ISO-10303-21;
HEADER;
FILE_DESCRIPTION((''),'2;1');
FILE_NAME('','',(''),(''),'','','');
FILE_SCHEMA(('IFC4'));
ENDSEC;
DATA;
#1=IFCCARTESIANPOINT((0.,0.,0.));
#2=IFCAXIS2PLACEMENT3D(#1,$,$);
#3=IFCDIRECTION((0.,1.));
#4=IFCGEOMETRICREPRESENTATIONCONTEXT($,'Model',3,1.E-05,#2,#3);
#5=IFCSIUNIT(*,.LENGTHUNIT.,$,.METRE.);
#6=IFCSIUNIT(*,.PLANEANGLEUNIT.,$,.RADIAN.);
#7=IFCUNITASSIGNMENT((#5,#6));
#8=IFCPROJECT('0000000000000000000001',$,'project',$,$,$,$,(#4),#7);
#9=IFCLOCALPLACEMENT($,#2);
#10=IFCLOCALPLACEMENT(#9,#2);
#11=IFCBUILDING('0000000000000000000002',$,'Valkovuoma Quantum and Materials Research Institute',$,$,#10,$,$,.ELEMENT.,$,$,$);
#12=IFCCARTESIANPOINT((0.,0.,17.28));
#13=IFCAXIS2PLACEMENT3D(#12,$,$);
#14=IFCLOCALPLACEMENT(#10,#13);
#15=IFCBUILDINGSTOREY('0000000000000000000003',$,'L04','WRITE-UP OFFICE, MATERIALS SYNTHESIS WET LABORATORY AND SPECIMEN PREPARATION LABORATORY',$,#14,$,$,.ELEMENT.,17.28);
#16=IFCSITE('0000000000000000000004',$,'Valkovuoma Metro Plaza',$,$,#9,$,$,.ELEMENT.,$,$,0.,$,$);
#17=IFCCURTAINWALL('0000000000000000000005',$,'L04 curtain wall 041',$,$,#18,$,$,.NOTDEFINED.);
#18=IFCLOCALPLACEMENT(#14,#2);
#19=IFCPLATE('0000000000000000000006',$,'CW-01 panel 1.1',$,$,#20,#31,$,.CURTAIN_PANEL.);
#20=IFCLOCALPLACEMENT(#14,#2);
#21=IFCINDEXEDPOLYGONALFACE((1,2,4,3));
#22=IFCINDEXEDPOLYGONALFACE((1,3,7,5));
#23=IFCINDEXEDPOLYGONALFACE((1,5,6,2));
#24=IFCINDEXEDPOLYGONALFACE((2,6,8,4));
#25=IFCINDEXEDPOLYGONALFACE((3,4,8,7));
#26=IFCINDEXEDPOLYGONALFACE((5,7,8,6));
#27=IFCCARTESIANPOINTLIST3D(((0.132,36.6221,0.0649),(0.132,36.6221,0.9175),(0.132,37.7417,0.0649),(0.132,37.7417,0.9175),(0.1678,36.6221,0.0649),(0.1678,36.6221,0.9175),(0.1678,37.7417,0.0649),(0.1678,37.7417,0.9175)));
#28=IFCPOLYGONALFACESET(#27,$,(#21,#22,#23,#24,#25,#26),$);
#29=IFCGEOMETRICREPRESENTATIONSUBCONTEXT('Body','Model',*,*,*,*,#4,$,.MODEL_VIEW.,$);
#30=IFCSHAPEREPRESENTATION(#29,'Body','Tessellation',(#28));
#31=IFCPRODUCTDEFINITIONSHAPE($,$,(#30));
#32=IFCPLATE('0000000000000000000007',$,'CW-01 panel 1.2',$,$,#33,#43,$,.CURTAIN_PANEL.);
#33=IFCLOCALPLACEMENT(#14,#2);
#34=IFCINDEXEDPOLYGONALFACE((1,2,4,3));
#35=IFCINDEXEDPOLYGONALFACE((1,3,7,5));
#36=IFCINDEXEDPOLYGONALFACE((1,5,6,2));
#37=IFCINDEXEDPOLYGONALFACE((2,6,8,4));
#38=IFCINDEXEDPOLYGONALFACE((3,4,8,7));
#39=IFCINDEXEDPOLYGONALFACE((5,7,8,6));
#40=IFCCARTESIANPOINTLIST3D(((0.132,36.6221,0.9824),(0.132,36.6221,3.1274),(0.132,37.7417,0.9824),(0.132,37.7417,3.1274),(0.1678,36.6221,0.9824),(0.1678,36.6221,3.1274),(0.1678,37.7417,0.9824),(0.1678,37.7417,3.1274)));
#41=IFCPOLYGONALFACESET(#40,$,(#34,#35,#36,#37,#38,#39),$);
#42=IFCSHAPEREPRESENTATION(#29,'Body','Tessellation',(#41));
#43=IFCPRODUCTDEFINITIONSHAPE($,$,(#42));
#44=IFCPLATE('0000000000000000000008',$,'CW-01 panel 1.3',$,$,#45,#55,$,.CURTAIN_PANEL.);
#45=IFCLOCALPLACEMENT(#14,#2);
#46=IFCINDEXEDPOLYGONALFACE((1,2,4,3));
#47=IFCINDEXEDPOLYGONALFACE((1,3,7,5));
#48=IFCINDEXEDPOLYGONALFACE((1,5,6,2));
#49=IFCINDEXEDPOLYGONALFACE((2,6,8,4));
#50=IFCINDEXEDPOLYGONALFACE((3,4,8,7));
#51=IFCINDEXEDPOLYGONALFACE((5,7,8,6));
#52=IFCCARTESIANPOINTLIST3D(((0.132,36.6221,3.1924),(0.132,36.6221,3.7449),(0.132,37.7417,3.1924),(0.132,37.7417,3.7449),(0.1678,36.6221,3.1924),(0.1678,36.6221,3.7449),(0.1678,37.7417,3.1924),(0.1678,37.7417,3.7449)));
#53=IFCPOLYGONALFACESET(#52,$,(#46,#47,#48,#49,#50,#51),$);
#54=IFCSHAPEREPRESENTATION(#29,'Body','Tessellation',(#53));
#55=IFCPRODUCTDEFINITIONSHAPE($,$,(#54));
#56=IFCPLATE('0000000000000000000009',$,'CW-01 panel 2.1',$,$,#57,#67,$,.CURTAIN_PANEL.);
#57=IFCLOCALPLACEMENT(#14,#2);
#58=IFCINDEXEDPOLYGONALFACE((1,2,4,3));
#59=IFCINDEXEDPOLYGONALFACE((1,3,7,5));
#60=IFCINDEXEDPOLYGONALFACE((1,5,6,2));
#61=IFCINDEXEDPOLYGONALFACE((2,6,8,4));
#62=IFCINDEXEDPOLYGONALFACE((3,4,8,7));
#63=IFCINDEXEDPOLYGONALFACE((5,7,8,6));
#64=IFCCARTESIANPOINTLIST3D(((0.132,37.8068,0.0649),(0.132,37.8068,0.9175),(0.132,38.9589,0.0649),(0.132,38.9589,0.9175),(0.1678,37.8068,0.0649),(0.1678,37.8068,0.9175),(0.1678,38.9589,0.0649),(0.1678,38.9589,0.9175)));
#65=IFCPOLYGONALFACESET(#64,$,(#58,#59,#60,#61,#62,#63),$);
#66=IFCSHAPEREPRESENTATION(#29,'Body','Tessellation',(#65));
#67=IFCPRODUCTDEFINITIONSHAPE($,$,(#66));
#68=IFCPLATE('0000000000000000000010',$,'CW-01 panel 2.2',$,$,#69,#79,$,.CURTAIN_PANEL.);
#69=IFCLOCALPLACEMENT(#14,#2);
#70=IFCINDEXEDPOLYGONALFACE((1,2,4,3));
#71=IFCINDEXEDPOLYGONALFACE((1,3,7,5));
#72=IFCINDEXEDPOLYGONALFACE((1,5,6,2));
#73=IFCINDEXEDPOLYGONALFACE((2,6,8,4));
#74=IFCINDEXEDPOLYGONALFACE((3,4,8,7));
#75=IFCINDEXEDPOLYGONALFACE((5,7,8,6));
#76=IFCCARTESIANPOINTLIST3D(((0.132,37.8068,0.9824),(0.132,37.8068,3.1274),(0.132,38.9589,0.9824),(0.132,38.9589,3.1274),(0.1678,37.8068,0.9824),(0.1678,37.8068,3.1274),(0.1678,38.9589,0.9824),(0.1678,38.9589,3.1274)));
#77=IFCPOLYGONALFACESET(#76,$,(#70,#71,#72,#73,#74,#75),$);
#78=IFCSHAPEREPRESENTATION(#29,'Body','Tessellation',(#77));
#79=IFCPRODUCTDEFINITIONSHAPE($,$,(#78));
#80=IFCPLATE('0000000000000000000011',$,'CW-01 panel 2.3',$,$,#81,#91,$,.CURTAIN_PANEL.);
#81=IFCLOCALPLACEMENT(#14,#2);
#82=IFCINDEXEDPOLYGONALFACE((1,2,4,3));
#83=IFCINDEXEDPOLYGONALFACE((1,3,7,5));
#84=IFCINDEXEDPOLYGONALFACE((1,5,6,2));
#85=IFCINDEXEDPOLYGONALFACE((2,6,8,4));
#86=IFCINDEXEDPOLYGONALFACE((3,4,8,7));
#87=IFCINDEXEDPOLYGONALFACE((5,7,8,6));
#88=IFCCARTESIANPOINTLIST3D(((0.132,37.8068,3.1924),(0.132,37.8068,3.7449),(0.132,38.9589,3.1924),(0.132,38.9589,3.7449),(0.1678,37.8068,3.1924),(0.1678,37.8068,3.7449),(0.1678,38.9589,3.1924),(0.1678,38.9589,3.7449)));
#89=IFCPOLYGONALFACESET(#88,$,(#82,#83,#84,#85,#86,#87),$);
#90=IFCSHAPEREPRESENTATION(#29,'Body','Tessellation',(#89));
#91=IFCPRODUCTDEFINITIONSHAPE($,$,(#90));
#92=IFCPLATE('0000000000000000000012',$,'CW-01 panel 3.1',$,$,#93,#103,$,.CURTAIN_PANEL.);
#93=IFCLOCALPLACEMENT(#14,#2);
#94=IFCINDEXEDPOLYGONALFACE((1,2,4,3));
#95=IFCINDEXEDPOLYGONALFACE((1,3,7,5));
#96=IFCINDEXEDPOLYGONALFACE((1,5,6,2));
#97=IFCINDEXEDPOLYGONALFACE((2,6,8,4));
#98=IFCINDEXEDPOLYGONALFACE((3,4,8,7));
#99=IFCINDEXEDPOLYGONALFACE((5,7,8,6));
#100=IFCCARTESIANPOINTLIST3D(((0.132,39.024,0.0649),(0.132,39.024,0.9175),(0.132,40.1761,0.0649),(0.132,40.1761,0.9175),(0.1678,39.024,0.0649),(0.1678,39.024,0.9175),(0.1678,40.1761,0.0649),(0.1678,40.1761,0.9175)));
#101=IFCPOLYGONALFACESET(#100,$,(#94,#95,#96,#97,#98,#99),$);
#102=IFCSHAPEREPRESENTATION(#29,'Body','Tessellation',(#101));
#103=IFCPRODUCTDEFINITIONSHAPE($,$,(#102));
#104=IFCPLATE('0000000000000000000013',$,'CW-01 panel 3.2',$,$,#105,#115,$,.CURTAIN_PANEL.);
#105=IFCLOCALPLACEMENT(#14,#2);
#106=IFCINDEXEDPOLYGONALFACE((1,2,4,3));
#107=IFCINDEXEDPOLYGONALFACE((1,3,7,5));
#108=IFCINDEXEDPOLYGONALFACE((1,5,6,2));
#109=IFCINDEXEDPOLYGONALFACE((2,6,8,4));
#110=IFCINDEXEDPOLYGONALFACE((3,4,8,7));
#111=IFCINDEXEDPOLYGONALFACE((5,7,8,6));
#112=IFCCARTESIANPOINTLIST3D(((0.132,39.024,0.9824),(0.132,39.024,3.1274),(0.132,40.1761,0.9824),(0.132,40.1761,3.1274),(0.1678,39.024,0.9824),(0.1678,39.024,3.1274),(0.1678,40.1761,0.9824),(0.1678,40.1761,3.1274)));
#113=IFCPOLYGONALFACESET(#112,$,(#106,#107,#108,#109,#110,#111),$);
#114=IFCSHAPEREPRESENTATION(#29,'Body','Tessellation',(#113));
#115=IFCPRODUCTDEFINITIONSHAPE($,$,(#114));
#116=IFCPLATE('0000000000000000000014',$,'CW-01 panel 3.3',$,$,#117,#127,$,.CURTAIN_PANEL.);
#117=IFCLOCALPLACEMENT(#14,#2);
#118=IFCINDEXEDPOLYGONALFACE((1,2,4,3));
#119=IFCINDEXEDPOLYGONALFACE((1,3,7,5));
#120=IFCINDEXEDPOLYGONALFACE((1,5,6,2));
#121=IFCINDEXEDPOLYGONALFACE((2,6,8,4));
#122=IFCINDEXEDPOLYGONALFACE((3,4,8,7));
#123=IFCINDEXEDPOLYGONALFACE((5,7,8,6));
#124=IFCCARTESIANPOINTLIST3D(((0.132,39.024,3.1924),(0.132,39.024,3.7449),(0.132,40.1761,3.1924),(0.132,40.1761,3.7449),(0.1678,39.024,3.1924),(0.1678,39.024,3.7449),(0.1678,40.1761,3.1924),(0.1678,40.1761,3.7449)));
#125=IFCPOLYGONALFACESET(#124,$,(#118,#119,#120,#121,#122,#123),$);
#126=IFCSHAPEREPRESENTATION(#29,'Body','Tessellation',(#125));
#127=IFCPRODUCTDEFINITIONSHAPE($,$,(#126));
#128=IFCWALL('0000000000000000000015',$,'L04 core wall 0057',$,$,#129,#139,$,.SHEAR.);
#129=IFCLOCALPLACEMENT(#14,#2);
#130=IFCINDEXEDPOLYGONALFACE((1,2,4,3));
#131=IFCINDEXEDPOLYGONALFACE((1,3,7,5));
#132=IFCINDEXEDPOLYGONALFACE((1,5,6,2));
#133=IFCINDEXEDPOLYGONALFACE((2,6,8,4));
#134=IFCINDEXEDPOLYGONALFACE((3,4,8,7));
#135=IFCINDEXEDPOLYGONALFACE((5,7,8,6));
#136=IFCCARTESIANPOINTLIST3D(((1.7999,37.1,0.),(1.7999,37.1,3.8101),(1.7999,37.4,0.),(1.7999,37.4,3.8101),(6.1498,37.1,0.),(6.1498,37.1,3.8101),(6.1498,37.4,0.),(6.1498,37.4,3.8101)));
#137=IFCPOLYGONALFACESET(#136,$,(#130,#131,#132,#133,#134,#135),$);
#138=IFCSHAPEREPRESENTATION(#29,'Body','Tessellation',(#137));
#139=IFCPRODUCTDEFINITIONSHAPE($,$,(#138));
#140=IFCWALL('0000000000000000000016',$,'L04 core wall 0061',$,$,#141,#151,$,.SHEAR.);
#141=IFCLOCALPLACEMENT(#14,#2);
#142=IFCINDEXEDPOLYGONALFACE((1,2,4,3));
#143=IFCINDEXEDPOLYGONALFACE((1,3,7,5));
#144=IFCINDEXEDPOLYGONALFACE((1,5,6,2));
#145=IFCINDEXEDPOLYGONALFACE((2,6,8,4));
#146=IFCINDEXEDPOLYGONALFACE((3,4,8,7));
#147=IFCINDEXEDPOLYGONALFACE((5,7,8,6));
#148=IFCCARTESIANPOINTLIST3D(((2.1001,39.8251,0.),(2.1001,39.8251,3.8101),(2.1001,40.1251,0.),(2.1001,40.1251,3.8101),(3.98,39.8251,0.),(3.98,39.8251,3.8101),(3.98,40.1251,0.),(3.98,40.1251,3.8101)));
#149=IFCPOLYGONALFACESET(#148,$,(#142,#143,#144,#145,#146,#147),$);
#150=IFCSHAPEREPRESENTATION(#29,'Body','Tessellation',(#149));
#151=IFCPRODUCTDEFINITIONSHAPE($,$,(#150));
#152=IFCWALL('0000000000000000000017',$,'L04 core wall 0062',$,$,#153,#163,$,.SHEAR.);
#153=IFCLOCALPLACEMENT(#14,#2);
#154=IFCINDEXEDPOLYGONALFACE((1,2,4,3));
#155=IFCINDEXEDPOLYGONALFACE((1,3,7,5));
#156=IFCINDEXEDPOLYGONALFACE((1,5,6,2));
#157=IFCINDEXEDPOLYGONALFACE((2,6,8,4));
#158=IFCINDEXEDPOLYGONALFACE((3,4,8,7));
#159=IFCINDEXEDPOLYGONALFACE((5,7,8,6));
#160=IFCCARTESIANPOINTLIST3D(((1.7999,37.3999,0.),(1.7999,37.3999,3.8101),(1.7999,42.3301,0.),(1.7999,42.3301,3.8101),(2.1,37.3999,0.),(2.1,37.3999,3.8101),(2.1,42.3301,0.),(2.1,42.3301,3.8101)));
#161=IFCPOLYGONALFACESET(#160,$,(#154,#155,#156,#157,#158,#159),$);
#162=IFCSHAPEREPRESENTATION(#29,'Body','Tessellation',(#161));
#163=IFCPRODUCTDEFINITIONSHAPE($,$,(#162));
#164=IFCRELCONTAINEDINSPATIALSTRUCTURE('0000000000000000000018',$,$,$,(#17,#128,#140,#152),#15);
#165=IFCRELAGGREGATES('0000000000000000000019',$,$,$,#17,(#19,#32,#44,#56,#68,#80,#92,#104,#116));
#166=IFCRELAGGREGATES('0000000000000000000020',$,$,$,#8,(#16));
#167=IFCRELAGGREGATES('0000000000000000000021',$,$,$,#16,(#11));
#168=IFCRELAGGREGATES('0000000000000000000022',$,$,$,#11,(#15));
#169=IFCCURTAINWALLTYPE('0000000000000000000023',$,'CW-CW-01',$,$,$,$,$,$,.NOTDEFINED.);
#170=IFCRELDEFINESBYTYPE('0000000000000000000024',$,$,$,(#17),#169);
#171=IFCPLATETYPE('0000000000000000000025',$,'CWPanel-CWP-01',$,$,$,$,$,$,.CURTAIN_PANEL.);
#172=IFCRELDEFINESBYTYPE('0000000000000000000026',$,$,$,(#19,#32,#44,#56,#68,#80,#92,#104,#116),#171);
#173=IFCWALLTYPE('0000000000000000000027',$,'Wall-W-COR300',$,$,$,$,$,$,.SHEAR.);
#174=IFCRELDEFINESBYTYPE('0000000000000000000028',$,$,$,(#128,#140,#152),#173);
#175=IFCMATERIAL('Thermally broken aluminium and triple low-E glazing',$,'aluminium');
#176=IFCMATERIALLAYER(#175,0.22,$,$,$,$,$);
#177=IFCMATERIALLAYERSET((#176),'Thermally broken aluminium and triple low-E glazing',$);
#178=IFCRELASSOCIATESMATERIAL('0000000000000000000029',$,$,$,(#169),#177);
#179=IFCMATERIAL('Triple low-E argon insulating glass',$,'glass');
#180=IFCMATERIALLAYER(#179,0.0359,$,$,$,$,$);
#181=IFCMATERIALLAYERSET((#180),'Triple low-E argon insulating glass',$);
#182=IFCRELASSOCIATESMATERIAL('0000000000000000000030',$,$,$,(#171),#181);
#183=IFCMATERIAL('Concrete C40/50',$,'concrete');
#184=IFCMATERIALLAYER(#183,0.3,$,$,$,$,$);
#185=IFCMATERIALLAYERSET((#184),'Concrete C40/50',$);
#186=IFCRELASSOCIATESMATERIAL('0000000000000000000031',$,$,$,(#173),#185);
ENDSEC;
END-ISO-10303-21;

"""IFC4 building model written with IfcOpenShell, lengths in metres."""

from ifc_helpers import new_model, si_unit, direction, frame, frame_2d, origin, origin_2d, place, context, subcontext, project, spatial, rectangle, extrude, material, layer, layer_set, type_object, element, aggregate, save


model = new_model("IFC4")

# Units and contexts
model_context = context("Model", 3, precision=1e-05, world=origin(), true_north=direction((0.0, 1.0)))
body_context = subcontext(model_context, "Body", "Model", "MODEL_VIEW")
ifc_project = project(units=[si_unit("LENGTHUNIT", "METRE"), si_unit("PLANEANGLEUNIT", "RADIAN")], contexts=[model_context])

# Site, building, storey
site_placement = place(None, origin())
site = spatial("IfcSite", under=ifc_project, at=site_placement, Name="Valkovuoma Metro Plaza", CompositionType="ELEMENT", RefElevation=0.0)
building_placement = place(site_placement, origin())
building = spatial("IfcBuilding", under=site, at=building_placement, Name="Valkovuoma Quantum and Materials Research Institute", CompositionType="ELEMENT")
storey_placement = place(building_placement, frame((0.0, 0.0, 17.28)))
storey = spatial("IfcBuildingStorey", under=building, at=storey_placement, Name="L04", Description="WRITE-UP OFFICE, MATERIALS SYNTHESIS WET LABORATORY AND SPECIMEN PREPARATION LABORATORY", CompositionType="ELEMENT", Elevation=17.28)

# Curtain wall, plates
ifc_material_1 = material(Name="Thermally broken aluminium and triple low-E glazing", Category="aluminium")
ifc_layer_1 = layer(ifc_material_1, 0.22)
ifc_layer_set_1 = layer_set([ifc_layer_1], Name="Thermally broken aluminium and triple low-E glazing")
curtain_wall_type = type_object("IfcCurtainWallType", Name="CW-CW-01", PredefinedType="NOTDEFINED", material=ifc_layer_set_1)
curtain_wall_placement = place(storey_placement, origin())
curtain_wall = element("IfcCurtainWall", 1, at=curtain_wall_placement, inside=storey, type_object=curtain_wall_type, Name="L04 curtain wall 041", PredefinedType="NOTDEFINED")
ifc_material_2 = material(Name="Triple low-E argon insulating glass", Category="glass")
ifc_layer_2 = layer(ifc_material_2, 0.0359)
ifc_layer_set_2 = layer_set([ifc_layer_2], Name="Triple low-E argon insulating glass")
plate_type = type_object("IfcPlateType", Name="CWPanel-CWP-01", PredefinedType="CURTAIN_PANEL", material=ifc_layer_set_2)
plate_1_placement = place(storey_placement, frame((0.1499, 37.1819, 0.0649), z_axis=(0.0, 0.0, 1.0), x_axis=(0.0, 1.0, 0.0)))
plate_1 = element("IfcPlate", 2, at=plate_1_placement, type_object=plate_type, Name="CW-01 panel 1.1", PredefinedType="CURTAIN_PANEL", context=body_context, shape_type="SweptSolid", body=[
    extrude(rectangle(XDim=1.1196, YDim=0.0359, at=origin_2d()), origin(), (0.0, 0.0, 1.0), 0.8525),
])
plate_2_placement = place(storey_placement, frame((0.1499, 37.1819, 0.9824), z_axis=(0.0, 0.0, 1.0), x_axis=(0.0, 1.0, 0.0)))
plate_2 = element("IfcPlate", 3, at=plate_2_placement, type_object=plate_type, Name="CW-01 panel 1.2", PredefinedType="CURTAIN_PANEL", context=body_context, shape_type="SweptSolid", body=[
    extrude(rectangle(XDim=1.1196, YDim=0.0359, at=origin_2d()), origin(), (0.0, 0.0, 1.0), 2.145),
])
plate_3_placement = place(storey_placement, frame((0.1499, 37.1819, 3.1924), z_axis=(0.0, 0.0, 1.0), x_axis=(0.0, 1.0, 0.0)))
plate_3 = element("IfcPlate", 4, at=plate_3_placement, type_object=plate_type, Name="CW-01 panel 1.3", PredefinedType="CURTAIN_PANEL", context=body_context, shape_type="SweptSolid", body=[
    extrude(rectangle(XDim=1.1196, YDim=0.0359, at=origin_2d()), origin(), (0.0, 0.0, 1.0), 0.5525),
])
plate_4_placement = place(storey_placement, frame((0.1499, 38.3828, 0.0649), z_axis=(0.0, 0.0, 1.0), x_axis=(0.0, 1.0, 0.0)))
plate_4 = element("IfcPlate", 5, at=plate_4_placement, type_object=plate_type, Name="CW-01 panel 2.1", PredefinedType="CURTAIN_PANEL", context=body_context, shape_type="SweptSolid", body=[
    extrude(rectangle(XDim=1.1521, YDim=0.0359, at=origin_2d()), origin(), (0.0, 0.0, 1.0), 0.8525),
])
plate_5_placement = place(storey_placement, frame((0.1499, 38.3828, 0.9824), z_axis=(0.0, 0.0, 1.0), x_axis=(0.0, 1.0, 0.0)))
plate_5 = element("IfcPlate", 6, at=plate_5_placement, type_object=plate_type, Name="CW-01 panel 2.2", PredefinedType="CURTAIN_PANEL", context=body_context, shape_type="SweptSolid", body=[
    extrude(rectangle(XDim=1.1521, YDim=0.0359, at=origin_2d()), origin(), (0.0, 0.0, 1.0), 2.145),
])
plate_6_placement = place(storey_placement, frame((0.1499, 38.3828, 3.1924), z_axis=(0.0, 0.0, 1.0), x_axis=(0.0, 1.0, 0.0)))
plate_6 = element("IfcPlate", 7, at=plate_6_placement, type_object=plate_type, Name="CW-01 panel 2.3", PredefinedType="CURTAIN_PANEL", context=body_context, shape_type="SweptSolid", body=[
    extrude(rectangle(XDim=1.1521, YDim=0.0359, at=origin_2d()), origin(), (0.0, 0.0, 1.0), 0.5525),
])
plate_7_placement = place(storey_placement, frame((0.1499, 39.6001, 0.0649), z_axis=(0.0, 0.0, 1.0), x_axis=(0.0, 1.0, 0.0)))
plate_7 = element("IfcPlate", 8, at=plate_7_placement, type_object=plate_type, Name="CW-01 panel 3.1", PredefinedType="CURTAIN_PANEL", context=body_context, shape_type="SweptSolid", body=[
    extrude(rectangle(XDim=1.1521, YDim=0.0359, at=origin_2d()), origin(), (0.0, 0.0, 1.0), 0.8525),
])
plate_8_placement = place(storey_placement, frame((0.1499, 39.6001, 0.9824), z_axis=(0.0, 0.0, 1.0), x_axis=(0.0, 1.0, 0.0)))
plate_8 = element("IfcPlate", 9, at=plate_8_placement, type_object=plate_type, Name="CW-01 panel 3.2", PredefinedType="CURTAIN_PANEL", context=body_context, shape_type="SweptSolid", body=[
    extrude(rectangle(XDim=1.1521, YDim=0.0359, at=origin_2d()), origin(), (0.0, 0.0, 1.0), 2.145),
])
plate_9_placement = place(storey_placement, frame((0.1499, 39.6001, 3.1924), z_axis=(0.0, 0.0, 1.0), x_axis=(0.0, 1.0, 0.0)))
plate_9 = element("IfcPlate", 10, at=plate_9_placement, type_object=plate_type, Name="CW-01 panel 3.3", PredefinedType="CURTAIN_PANEL", context=body_context, shape_type="SweptSolid", body=[
    extrude(rectangle(XDim=1.1521, YDim=0.0359, at=origin_2d()), origin(), (0.0, 0.0, 1.0), 0.5525),
])
aggregate(curtain_wall, [plate_1, plate_2, plate_3, plate_4, plate_5, plate_6, plate_7, plate_8, plate_9])

# Walls
ifc_material_3 = material(Name="Concrete C40/50", Category="concrete")
ifc_layer_3 = layer(ifc_material_3, 0.3)
ifc_layer_set_3 = layer_set([ifc_layer_3], Name="Concrete C40/50")
wall_type = type_object("IfcWallType", Name="Wall-W-COR300", PredefinedType="SHEAR", material=ifc_layer_set_3)
wall_1_placement = place(storey_placement, frame((1.8, 37.25, 0.0), z_axis=(0.0, 0.0, 1.0), x_axis=(1.0, 0.0, 0.0)))
element("IfcWall", 11, at=wall_1_placement, inside=storey, type_object=wall_type, Name="L04 core wall 0057", PredefinedType="SHEAR", context=body_context, shape_type="SweptSolid", body=[
    extrude(rectangle(XDim=4.3499, YDim=0.3, at=frame_2d((2.1748, 0.0))), origin(), (0.0, 0.0, 1.0), 3.8101),
])
wall_2_placement = place(storey_placement, frame((2.1001, 39.9751, 0.0), z_axis=(0.0, 0.0, 1.0), x_axis=(1.0, 0.0, 0.0)))
element("IfcWall", 12, at=wall_2_placement, inside=storey, type_object=wall_type, Name="L04 core wall 0061", PredefinedType="SHEAR", context=body_context, shape_type="SweptSolid", body=[
    extrude(rectangle(XDim=1.8799, YDim=0.3, at=frame_2d((0.9399, 0.0))), origin(), (0.0, 0.0, 1.0), 3.8101),
])
wall_3_placement = place(storey_placement, frame((1.95, 37.3999, 0.0), z_axis=(0.0, 0.0, 1.0), x_axis=(0.0, 1.0, 0.0)))
element("IfcWall", 13, at=wall_3_placement, inside=storey, type_object=wall_type, Name="L04 core wall 0062", PredefinedType="SHEAR", context=body_context, shape_type="SweptSolid", body=[
    extrude(rectangle(XDim=4.9302, YDim=0.3, at=frame_2d((2.4651, 0.0))), origin(), (0.0, 0.0, 1.0), 3.8101),
])

save(model, "model.ifc")
